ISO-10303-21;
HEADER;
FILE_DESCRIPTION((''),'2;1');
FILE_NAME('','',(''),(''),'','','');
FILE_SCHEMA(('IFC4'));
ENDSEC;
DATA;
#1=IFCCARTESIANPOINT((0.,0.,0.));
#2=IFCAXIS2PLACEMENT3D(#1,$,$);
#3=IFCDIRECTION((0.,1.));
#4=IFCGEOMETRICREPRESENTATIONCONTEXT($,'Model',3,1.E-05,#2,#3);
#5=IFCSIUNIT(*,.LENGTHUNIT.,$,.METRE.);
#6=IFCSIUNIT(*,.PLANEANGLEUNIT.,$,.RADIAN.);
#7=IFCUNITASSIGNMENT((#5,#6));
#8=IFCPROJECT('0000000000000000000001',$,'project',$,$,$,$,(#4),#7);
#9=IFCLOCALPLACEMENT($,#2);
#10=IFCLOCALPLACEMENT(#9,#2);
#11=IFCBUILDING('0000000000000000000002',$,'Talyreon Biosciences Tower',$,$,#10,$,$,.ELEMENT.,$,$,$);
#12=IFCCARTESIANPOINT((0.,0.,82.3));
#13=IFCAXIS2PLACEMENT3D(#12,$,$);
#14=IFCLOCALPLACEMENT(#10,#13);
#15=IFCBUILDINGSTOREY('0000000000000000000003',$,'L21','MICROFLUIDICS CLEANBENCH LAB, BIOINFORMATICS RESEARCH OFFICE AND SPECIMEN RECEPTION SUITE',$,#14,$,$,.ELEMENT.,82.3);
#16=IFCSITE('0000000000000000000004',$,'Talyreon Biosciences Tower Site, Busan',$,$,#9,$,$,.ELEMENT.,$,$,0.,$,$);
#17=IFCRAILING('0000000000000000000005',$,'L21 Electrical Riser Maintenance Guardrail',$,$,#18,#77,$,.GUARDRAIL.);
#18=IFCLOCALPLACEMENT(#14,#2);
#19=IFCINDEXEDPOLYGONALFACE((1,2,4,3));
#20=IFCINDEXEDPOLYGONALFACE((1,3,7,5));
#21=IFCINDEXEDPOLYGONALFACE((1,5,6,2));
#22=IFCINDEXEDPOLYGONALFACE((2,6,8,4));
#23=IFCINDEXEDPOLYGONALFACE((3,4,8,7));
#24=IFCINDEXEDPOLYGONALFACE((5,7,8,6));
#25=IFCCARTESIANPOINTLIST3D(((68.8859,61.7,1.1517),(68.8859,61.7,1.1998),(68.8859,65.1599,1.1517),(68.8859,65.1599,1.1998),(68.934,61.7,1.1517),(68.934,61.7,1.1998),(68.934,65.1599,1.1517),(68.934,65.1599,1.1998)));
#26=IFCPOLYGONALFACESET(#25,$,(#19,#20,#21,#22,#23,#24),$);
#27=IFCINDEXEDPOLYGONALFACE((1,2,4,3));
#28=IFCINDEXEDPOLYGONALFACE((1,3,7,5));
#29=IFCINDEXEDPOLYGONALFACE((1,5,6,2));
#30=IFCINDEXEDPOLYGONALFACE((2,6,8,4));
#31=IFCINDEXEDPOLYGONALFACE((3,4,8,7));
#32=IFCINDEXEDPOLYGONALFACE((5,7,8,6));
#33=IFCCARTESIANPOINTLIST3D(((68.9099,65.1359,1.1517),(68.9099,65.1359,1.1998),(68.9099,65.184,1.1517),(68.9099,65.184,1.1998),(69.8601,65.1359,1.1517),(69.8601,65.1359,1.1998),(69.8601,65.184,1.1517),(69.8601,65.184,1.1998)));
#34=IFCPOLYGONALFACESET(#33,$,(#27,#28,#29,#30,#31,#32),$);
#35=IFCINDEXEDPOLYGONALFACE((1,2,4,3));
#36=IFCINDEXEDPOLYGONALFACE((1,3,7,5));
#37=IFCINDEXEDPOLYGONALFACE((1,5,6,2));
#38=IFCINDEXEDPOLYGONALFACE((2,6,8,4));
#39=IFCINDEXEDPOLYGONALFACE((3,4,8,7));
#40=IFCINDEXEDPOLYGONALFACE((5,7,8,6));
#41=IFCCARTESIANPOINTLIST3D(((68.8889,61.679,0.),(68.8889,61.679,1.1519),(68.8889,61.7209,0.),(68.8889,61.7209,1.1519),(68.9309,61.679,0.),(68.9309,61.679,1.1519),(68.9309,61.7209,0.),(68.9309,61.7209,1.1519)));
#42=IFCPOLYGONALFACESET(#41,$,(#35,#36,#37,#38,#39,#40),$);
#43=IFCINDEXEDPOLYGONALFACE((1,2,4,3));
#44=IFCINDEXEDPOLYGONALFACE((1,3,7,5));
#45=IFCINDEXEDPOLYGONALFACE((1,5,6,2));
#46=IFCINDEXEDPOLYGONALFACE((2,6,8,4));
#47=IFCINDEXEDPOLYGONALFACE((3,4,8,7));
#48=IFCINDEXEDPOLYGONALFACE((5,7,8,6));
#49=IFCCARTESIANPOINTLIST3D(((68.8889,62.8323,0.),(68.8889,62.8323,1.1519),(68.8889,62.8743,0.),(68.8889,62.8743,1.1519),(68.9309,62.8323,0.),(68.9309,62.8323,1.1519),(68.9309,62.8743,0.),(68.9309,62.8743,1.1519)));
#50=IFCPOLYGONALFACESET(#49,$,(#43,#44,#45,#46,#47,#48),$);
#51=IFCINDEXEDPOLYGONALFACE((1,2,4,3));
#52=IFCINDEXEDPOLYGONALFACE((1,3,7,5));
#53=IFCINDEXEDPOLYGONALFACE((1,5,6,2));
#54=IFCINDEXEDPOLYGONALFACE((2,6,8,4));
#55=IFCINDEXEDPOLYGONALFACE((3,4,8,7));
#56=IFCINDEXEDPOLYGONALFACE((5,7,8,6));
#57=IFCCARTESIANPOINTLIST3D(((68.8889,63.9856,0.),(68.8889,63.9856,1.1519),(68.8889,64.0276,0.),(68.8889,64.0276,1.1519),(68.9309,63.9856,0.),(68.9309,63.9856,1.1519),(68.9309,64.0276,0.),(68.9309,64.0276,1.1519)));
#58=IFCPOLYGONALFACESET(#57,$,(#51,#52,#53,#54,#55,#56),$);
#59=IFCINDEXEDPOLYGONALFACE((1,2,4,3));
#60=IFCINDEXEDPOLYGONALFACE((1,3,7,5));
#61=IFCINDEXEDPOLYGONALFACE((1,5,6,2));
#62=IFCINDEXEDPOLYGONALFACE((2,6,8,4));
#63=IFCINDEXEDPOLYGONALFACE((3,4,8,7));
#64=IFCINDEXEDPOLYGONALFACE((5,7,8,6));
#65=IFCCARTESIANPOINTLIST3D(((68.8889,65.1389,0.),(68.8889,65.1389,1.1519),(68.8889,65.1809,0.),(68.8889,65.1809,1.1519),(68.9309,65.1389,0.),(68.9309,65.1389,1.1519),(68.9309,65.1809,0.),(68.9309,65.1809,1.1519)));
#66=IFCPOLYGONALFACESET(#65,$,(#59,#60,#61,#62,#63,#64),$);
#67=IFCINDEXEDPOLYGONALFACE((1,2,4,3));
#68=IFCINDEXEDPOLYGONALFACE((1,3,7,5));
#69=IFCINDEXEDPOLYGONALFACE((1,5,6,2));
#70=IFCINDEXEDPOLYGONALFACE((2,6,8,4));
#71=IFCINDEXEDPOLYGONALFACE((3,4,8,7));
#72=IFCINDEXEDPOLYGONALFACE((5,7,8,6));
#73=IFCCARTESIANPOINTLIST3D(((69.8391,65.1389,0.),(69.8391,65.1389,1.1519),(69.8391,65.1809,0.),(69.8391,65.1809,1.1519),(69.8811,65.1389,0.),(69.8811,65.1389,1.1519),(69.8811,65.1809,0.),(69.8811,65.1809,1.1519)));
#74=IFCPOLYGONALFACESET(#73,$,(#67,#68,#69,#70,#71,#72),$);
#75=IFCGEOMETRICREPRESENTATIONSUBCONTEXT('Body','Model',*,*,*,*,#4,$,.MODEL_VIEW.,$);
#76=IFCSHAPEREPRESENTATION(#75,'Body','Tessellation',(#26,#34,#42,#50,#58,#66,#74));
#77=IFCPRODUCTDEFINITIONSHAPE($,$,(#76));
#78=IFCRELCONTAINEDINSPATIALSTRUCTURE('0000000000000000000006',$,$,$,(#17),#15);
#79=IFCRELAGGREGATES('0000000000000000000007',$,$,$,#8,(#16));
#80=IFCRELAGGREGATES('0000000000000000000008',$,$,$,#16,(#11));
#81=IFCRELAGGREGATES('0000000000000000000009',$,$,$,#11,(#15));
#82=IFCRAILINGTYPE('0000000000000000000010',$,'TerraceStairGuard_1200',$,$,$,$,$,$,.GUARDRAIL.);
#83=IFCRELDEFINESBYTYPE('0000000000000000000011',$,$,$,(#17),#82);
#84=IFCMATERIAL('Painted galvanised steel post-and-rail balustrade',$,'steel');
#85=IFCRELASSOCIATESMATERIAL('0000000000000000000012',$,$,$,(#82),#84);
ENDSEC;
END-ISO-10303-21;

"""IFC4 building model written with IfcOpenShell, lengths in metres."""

from ifc_helpers import new_model, si_unit, direction, frame, origin, origin_2d, place, context, subcontext, project, spatial, rectangle, extrude, material, type_object, element, save


model = new_model("IFC4")

# Units and contexts
model_context = context("Model", 3, precision=1e-05, world=origin(), true_north=direction((0.0, 1.0)))
body_context = subcontext(model_context, "Body", "Model", "MODEL_VIEW")
ifc_project = project(units=[si_unit("LENGTHUNIT", "METRE"), si_unit("PLANEANGLEUNIT", "RADIAN")], contexts=[model_context])

# Site, building, storey
site_placement = place(None, origin())
site = spatial("IfcSite", under=ifc_project, at=site_placement, Name="Talyreon Biosciences Tower Site, Busan", CompositionType="ELEMENT", RefElevation=0.0)
building_placement = place(site_placement, origin())
building = spatial("IfcBuilding", under=site, at=building_placement, Name="Talyreon Biosciences Tower", CompositionType="ELEMENT")
storey_placement = place(building_placement, frame((0.0, 0.0, 82.3)))
storey = spatial("IfcBuildingStorey", under=building, at=storey_placement, Name="L21", Description="MICROFLUIDICS CLEANBENCH LAB, BIOINFORMATICS RESEARCH OFFICE AND SPECIMEN RECEPTION SUITE", CompositionType="ELEMENT", Elevation=82.3)

# Railing
ifc_material_1 = material(Name="Painted galvanised steel post-and-rail balustrade", Category="steel")
railing_type_1 = type_object("IfcRailingType", Name="TerraceStairGuard_1200", PredefinedType="GUARDRAIL", material=ifc_material_1)
railing_1_placement = place(storey_placement, frame((68.9099, 61.7, 0.0)))
element("IfcRailing", 1, at=railing_1_placement, inside=storey, type_object=railing_type_1, Name="L21 Electrical Riser Maintenance Guardrail", PredefinedType="GUARDRAIL", context=body_context, shape_type="SweptSolid", body=[
    extrude(rectangle(XDim=0.0481, YDim=0.0481, at=origin_2d()), frame((0.0, 0.0, 1.1758), z_axis=(0.0, 1.0, 0.0), x_axis=(-1.0, 0.0, 0.0)), (0.0, 0.0, 1.0), 3.46),
    extrude(rectangle(XDim=0.0481, YDim=0.0481, at=origin_2d()), frame((0.0, 3.46, 1.1758), z_axis=(1.0, 0.0, 0.0), x_axis=(0.0, 1.0, 0.0)), (0.0, 0.0, 1.0), 0.9502),
    extrude(rectangle(XDim=0.042, YDim=0.042, at=origin_2d()), origin(), (0.0, 0.0, 1.0), 1.1519),
    extrude(rectangle(XDim=0.042, YDim=0.042, at=origin_2d()), frame((0.0, 1.1533, 0.0)), (0.0, 0.0, 1.0), 1.1519),
    extrude(rectangle(XDim=0.042, YDim=0.042, at=origin_2d()), frame((0.0, 2.3066, 0.0)), (0.0, 0.0, 1.0), 1.1519),
    extrude(rectangle(XDim=0.042, YDim=0.042, at=origin_2d()), frame((0.0, 3.46, 0.0)), (0.0, 0.0, 1.0), 1.1519),
    extrude(rectangle(XDim=0.042, YDim=0.042, at=origin_2d()), frame((0.9502, 3.46, 0.0)), (0.0, 0.0, 1.0), 1.1519),
])

save(model, "model.ifc")
